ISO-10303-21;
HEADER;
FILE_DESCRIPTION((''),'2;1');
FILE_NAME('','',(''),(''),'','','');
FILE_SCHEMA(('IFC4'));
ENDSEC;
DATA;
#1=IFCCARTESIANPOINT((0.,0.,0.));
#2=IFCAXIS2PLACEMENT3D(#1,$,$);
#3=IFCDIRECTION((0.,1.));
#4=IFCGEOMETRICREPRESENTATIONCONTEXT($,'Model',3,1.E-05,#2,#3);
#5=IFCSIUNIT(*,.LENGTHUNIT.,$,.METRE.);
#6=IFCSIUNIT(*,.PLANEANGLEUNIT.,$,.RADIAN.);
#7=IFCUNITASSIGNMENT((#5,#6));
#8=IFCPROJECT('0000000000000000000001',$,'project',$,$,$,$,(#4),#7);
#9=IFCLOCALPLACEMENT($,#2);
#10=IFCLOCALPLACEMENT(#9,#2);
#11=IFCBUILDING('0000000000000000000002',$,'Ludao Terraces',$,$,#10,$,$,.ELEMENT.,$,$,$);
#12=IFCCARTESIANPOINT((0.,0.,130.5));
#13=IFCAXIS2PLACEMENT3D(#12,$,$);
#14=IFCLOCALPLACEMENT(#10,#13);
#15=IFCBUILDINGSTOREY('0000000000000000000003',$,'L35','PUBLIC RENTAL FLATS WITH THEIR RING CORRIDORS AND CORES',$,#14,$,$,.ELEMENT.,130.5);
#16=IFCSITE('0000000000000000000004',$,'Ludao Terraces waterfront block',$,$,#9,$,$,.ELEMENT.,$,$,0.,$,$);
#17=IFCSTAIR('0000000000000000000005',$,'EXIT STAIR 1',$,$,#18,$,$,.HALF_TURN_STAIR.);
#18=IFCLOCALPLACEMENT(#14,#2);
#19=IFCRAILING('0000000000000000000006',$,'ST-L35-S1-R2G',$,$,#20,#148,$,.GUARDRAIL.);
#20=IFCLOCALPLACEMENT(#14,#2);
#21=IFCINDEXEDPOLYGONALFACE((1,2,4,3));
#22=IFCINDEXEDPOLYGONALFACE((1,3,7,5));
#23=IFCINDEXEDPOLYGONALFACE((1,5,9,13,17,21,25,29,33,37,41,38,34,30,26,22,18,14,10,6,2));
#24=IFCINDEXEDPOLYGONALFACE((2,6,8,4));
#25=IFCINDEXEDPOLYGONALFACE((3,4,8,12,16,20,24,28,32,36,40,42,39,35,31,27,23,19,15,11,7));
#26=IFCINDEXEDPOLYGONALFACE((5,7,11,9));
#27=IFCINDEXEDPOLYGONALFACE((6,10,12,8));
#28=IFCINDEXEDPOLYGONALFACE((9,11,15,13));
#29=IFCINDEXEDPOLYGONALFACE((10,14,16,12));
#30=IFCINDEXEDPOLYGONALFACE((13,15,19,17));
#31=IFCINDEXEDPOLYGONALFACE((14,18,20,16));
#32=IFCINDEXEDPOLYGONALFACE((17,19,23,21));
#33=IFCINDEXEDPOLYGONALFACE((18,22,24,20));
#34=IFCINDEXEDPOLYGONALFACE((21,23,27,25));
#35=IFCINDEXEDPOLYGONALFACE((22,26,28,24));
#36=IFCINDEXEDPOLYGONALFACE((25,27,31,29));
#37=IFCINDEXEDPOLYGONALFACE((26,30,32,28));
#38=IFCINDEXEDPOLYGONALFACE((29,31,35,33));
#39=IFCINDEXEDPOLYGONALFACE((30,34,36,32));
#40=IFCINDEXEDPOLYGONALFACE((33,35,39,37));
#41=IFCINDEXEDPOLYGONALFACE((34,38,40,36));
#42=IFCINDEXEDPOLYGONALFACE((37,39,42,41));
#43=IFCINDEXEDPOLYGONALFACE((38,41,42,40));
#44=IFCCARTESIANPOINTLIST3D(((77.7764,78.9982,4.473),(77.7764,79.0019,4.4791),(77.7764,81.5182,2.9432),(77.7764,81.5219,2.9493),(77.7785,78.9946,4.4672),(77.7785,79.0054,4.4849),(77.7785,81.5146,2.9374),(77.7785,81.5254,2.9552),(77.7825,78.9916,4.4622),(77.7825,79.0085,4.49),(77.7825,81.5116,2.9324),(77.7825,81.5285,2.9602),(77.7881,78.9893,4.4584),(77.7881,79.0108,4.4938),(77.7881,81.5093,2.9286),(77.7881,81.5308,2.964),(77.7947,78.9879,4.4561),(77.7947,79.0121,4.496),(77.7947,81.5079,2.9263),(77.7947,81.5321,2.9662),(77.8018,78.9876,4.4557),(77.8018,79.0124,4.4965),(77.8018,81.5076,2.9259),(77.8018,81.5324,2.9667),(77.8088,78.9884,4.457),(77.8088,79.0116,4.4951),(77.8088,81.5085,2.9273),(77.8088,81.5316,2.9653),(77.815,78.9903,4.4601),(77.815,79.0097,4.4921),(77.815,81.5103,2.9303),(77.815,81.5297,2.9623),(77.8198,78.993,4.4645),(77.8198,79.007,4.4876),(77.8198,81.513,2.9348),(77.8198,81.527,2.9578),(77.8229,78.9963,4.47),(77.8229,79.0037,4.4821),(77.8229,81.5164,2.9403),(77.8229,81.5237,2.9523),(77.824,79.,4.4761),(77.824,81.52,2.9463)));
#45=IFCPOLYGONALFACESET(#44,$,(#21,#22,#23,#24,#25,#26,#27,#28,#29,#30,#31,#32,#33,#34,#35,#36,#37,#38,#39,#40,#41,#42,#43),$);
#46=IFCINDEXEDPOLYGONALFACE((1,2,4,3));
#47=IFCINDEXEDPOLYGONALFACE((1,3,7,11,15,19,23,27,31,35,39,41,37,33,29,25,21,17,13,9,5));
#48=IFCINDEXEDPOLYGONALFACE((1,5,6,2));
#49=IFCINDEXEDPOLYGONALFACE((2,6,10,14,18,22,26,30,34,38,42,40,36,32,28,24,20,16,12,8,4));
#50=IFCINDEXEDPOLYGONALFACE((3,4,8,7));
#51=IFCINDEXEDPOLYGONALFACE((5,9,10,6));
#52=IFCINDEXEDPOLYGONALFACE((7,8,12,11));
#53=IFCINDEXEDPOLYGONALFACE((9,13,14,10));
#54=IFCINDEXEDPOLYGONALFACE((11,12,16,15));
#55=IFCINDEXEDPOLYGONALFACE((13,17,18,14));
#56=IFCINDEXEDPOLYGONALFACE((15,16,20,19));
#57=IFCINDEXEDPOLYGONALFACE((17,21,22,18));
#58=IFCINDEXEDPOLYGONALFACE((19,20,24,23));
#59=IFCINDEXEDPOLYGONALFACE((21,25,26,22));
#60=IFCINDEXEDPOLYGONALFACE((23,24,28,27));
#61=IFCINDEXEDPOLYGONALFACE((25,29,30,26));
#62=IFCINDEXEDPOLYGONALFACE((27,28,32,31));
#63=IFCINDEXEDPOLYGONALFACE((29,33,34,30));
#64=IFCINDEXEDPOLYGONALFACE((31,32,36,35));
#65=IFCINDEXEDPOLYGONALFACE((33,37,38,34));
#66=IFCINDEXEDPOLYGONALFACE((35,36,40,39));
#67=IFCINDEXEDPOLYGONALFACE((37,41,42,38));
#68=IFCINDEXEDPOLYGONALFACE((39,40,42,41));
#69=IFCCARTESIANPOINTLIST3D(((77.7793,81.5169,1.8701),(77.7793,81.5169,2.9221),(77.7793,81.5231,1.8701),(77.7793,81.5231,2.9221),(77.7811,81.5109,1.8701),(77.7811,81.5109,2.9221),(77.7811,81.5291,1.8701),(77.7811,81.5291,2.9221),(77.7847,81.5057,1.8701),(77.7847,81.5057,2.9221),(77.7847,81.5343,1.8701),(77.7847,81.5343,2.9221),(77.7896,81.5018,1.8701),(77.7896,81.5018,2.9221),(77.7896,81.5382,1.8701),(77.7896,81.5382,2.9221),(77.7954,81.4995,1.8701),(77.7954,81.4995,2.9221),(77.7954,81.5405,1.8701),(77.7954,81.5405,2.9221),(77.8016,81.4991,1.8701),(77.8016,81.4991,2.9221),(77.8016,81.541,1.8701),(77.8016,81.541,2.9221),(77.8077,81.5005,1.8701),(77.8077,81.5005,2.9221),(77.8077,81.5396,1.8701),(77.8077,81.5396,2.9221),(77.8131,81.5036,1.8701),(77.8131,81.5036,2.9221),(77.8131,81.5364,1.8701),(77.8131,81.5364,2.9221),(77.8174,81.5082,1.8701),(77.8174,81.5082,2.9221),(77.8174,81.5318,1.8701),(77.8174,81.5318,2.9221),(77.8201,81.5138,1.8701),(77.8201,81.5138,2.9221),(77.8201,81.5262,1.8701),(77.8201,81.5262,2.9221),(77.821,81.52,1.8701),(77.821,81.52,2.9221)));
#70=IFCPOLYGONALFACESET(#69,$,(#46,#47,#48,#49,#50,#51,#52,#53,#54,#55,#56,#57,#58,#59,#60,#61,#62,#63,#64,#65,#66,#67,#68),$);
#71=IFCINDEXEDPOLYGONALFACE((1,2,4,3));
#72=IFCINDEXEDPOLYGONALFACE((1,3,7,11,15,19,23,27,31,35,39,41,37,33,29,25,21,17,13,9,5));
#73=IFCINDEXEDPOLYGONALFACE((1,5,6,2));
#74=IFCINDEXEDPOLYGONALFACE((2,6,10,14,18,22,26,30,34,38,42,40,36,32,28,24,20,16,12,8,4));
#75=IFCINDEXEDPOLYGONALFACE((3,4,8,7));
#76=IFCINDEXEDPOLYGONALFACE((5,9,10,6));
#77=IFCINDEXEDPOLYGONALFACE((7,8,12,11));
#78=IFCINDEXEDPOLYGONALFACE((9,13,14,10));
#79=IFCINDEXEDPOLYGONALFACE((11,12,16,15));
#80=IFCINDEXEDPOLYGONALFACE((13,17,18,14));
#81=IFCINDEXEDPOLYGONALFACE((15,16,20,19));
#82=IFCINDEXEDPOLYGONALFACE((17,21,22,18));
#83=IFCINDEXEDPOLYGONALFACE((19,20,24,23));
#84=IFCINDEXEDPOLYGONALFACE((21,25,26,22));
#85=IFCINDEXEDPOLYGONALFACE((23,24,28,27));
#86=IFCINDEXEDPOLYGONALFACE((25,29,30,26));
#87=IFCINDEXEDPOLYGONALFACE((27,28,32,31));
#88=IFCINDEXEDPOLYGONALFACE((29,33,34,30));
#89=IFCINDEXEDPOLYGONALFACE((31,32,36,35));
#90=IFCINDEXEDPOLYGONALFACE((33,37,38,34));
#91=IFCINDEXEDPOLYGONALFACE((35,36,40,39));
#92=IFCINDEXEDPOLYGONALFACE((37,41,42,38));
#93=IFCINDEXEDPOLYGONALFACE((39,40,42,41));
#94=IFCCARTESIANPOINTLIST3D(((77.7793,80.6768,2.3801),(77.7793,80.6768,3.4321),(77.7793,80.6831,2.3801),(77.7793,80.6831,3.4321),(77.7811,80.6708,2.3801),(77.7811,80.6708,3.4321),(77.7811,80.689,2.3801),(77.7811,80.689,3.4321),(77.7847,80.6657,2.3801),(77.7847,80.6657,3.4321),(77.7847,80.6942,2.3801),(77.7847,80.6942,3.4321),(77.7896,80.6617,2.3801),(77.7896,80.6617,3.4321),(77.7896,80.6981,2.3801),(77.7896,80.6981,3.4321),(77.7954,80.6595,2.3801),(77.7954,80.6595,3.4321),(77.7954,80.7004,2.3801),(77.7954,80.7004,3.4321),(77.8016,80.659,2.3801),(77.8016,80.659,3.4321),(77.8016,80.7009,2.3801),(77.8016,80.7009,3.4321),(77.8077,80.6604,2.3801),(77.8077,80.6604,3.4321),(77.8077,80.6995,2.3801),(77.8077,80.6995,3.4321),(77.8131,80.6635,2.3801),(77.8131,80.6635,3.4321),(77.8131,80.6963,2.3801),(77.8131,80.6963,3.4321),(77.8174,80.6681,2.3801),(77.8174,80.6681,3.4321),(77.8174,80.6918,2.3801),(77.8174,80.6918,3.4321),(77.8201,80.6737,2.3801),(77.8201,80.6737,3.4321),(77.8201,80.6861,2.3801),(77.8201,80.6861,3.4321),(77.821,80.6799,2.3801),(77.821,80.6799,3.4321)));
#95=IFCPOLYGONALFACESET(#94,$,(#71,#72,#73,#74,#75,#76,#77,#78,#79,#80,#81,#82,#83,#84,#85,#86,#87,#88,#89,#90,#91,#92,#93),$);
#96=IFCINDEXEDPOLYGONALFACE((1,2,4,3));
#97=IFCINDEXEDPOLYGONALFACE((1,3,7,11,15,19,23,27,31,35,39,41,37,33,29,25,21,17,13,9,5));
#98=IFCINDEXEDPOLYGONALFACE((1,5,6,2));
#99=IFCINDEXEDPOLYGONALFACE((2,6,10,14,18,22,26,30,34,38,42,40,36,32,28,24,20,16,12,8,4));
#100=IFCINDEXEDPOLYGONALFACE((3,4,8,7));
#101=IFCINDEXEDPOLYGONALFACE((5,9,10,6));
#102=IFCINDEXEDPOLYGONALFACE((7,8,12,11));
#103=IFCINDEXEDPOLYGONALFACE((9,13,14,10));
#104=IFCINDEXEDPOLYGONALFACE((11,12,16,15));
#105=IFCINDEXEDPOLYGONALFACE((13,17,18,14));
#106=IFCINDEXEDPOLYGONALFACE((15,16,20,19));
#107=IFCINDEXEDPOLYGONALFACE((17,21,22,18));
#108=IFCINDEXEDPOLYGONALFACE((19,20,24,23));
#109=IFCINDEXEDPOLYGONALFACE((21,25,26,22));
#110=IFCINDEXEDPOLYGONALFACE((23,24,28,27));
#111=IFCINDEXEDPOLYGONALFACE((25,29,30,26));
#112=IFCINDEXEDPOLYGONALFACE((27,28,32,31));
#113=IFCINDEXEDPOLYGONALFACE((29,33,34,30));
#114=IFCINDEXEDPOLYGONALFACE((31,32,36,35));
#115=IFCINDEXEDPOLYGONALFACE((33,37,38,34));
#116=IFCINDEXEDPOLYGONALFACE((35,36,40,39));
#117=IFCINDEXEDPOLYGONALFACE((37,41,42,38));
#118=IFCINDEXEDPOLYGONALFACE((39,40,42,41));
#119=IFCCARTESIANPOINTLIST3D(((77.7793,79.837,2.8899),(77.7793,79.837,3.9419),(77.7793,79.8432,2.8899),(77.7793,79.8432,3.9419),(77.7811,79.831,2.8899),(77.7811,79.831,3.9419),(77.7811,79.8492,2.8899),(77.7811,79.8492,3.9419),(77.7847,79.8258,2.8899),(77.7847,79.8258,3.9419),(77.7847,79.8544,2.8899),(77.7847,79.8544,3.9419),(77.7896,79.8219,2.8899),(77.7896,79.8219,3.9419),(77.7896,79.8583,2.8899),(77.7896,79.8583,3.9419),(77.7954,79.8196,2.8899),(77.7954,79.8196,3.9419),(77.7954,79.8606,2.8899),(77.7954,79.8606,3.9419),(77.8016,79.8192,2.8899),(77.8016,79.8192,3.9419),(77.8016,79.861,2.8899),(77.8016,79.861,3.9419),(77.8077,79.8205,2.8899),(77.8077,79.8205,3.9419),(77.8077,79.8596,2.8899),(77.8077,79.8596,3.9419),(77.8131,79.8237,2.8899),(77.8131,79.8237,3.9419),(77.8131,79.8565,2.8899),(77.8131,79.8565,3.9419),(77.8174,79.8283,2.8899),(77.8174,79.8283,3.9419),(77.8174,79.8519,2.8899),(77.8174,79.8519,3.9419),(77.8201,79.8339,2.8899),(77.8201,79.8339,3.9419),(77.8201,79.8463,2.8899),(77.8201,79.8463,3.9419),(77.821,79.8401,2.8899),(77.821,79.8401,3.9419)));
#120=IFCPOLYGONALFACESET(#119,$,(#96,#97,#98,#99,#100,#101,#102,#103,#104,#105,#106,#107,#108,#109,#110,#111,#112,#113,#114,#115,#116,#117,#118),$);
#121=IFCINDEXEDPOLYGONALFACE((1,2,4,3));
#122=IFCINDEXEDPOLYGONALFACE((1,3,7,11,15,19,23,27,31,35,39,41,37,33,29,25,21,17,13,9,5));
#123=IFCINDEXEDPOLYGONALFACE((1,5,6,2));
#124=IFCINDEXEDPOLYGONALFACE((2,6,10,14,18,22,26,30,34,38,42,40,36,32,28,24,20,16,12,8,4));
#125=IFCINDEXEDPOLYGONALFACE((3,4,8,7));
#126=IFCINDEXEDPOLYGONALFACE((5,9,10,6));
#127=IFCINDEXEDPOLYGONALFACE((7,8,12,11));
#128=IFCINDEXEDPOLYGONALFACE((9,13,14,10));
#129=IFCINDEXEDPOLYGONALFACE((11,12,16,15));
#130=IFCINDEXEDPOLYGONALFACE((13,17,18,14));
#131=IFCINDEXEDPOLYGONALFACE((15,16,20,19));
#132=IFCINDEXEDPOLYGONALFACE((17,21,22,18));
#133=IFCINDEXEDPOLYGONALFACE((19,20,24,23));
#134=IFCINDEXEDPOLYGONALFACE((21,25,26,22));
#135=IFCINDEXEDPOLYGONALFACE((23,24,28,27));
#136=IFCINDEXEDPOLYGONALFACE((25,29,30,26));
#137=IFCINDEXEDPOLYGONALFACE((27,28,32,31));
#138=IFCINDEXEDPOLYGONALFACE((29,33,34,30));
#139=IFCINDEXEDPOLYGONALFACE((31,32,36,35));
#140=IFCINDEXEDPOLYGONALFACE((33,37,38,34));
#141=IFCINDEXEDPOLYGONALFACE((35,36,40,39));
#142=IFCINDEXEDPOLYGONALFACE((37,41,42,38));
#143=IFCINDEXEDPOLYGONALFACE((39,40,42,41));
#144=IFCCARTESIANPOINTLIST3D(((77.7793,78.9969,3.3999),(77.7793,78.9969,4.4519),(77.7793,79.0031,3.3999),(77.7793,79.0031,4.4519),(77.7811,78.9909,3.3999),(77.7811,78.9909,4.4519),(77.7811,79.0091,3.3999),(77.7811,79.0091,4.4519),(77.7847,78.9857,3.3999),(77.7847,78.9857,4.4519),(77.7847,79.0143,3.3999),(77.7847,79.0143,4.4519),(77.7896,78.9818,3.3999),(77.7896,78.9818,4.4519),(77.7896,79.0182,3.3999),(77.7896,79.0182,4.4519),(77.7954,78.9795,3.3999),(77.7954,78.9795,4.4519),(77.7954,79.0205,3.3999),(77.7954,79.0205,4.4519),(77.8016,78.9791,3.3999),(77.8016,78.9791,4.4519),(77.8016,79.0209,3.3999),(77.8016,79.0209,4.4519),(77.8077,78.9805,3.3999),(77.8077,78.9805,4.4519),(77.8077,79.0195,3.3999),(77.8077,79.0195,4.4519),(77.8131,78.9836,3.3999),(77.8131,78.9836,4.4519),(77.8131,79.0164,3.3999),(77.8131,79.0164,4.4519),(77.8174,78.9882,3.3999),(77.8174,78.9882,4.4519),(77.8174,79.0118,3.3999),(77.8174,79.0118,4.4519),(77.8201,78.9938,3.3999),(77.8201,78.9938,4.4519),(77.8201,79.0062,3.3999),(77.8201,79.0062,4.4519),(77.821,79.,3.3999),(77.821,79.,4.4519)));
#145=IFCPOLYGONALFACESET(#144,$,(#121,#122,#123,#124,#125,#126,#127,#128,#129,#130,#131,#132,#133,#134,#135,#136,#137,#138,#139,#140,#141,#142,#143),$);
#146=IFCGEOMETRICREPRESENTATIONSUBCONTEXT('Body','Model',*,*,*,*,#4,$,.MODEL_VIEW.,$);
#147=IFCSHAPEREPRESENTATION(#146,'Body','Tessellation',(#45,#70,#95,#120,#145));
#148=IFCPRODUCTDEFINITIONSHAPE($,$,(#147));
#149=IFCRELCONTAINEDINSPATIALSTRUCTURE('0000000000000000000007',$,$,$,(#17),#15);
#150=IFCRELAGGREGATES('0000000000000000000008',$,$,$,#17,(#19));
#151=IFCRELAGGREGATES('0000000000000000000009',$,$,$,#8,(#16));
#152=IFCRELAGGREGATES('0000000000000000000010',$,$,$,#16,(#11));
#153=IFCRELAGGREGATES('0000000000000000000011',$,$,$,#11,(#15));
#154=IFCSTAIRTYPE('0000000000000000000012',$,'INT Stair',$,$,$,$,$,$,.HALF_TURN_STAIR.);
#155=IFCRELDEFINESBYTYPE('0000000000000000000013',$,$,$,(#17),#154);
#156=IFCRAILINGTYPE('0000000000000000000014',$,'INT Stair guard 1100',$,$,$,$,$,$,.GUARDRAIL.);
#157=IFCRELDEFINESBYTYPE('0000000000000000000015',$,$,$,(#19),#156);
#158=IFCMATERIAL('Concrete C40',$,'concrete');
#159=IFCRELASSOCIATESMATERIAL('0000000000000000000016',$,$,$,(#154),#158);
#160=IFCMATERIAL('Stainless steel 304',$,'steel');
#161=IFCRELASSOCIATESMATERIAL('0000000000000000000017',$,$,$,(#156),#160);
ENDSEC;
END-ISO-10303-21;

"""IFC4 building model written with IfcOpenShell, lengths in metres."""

from ifc_helpers import new_model, si_unit, direction, frame, origin, origin_2d, place, context, subcontext, project, spatial, circle, extrude, material, type_object, element, aggregate, save


model = new_model("IFC4")

# Units and contexts
model_context = context("Model", 3, precision=1e-05, world=origin(), true_north=direction((0.0, 1.0)))
body_context = subcontext(model_context, "Body", "Model", "MODEL_VIEW")
ifc_project = project(units=[si_unit("LENGTHUNIT", "METRE"), si_unit("PLANEANGLEUNIT", "RADIAN")], contexts=[model_context])

# Site, building, storey
site_placement = place(None, origin())
site = spatial("IfcSite", under=ifc_project, at=site_placement, Name="Ludao Terraces waterfront block", CompositionType="ELEMENT", RefElevation=0.0)
building_placement = place(site_placement, origin())
building = spatial("IfcBuilding", under=site, at=building_placement, Name="Ludao Terraces", CompositionType="ELEMENT")
storey_placement = place(building_placement, frame((0.0, 0.0, 130.5)))
storey = spatial("IfcBuildingStorey", under=building, at=storey_placement, Name="L35", Description="PUBLIC RENTAL FLATS WITH THEIR RING CORRIDORS AND CORES", CompositionType="ELEMENT", Elevation=130.5)

# Shared definitions
ifc_material_1 = material(Name="Stainless steel 304", Category="steel")

# Stair, railing
ifc_material_2 = material(Name="Concrete C40", Category="concrete")
stair_type = type_object("IfcStairType", Name="INT Stair", PredefinedType="HALF_TURN_STAIR", material=ifc_material_2)
stair_placement = place(storey_placement, origin())
stair = element("IfcStair", 1, at=stair_placement, inside=storey, type_object=stair_type, Name="EXIT STAIR 1", PredefinedType="HALF_TURN_STAIR")
railing_type_1 = type_object("IfcRailingType", Name="INT Stair guard 1100", PredefinedType="GUARDRAIL", material=ifc_material_1)
railing_1_placement = place(storey_placement, frame((77.8, 81.52, 1.8701)))
railing_1 = element("IfcRailing", 2, at=railing_1_placement, type_object=railing_type_1, Name="ST-L35-S1-R2G", PredefinedType="GUARDRAIL", context=body_context, shape_type="SweptSolid", body=[
    extrude(circle(Radius=0.0239, at=origin_2d()), frame((0.0, 0.0, 1.0762), z_axis=(0.0, -0.854822, 0.518922), x_axis=(1.0, 0.0, 0.0)), (0.0, 0.0, 1.0), 2.948),
    extrude(circle(Radius=0.021, at=origin_2d()), origin(), (0.0, 0.0, 1.0), 1.052),
    extrude(circle(Radius=0.021, at=origin_2d()), frame((0.0, -0.8401, 0.51)), (0.0, 0.0, 1.0), 1.052),
    extrude(circle(Radius=0.021, at=origin_2d()), frame((0.0, -1.6799, 1.0198)), (0.0, 0.0, 1.0), 1.052),
    extrude(circle(Radius=0.021, at=origin_2d()), frame((0.0, -2.52, 1.5298)), (0.0, 0.0, 1.0), 1.052),
])
aggregate(stair, [railing_1])

save(model, "model.ifc")
